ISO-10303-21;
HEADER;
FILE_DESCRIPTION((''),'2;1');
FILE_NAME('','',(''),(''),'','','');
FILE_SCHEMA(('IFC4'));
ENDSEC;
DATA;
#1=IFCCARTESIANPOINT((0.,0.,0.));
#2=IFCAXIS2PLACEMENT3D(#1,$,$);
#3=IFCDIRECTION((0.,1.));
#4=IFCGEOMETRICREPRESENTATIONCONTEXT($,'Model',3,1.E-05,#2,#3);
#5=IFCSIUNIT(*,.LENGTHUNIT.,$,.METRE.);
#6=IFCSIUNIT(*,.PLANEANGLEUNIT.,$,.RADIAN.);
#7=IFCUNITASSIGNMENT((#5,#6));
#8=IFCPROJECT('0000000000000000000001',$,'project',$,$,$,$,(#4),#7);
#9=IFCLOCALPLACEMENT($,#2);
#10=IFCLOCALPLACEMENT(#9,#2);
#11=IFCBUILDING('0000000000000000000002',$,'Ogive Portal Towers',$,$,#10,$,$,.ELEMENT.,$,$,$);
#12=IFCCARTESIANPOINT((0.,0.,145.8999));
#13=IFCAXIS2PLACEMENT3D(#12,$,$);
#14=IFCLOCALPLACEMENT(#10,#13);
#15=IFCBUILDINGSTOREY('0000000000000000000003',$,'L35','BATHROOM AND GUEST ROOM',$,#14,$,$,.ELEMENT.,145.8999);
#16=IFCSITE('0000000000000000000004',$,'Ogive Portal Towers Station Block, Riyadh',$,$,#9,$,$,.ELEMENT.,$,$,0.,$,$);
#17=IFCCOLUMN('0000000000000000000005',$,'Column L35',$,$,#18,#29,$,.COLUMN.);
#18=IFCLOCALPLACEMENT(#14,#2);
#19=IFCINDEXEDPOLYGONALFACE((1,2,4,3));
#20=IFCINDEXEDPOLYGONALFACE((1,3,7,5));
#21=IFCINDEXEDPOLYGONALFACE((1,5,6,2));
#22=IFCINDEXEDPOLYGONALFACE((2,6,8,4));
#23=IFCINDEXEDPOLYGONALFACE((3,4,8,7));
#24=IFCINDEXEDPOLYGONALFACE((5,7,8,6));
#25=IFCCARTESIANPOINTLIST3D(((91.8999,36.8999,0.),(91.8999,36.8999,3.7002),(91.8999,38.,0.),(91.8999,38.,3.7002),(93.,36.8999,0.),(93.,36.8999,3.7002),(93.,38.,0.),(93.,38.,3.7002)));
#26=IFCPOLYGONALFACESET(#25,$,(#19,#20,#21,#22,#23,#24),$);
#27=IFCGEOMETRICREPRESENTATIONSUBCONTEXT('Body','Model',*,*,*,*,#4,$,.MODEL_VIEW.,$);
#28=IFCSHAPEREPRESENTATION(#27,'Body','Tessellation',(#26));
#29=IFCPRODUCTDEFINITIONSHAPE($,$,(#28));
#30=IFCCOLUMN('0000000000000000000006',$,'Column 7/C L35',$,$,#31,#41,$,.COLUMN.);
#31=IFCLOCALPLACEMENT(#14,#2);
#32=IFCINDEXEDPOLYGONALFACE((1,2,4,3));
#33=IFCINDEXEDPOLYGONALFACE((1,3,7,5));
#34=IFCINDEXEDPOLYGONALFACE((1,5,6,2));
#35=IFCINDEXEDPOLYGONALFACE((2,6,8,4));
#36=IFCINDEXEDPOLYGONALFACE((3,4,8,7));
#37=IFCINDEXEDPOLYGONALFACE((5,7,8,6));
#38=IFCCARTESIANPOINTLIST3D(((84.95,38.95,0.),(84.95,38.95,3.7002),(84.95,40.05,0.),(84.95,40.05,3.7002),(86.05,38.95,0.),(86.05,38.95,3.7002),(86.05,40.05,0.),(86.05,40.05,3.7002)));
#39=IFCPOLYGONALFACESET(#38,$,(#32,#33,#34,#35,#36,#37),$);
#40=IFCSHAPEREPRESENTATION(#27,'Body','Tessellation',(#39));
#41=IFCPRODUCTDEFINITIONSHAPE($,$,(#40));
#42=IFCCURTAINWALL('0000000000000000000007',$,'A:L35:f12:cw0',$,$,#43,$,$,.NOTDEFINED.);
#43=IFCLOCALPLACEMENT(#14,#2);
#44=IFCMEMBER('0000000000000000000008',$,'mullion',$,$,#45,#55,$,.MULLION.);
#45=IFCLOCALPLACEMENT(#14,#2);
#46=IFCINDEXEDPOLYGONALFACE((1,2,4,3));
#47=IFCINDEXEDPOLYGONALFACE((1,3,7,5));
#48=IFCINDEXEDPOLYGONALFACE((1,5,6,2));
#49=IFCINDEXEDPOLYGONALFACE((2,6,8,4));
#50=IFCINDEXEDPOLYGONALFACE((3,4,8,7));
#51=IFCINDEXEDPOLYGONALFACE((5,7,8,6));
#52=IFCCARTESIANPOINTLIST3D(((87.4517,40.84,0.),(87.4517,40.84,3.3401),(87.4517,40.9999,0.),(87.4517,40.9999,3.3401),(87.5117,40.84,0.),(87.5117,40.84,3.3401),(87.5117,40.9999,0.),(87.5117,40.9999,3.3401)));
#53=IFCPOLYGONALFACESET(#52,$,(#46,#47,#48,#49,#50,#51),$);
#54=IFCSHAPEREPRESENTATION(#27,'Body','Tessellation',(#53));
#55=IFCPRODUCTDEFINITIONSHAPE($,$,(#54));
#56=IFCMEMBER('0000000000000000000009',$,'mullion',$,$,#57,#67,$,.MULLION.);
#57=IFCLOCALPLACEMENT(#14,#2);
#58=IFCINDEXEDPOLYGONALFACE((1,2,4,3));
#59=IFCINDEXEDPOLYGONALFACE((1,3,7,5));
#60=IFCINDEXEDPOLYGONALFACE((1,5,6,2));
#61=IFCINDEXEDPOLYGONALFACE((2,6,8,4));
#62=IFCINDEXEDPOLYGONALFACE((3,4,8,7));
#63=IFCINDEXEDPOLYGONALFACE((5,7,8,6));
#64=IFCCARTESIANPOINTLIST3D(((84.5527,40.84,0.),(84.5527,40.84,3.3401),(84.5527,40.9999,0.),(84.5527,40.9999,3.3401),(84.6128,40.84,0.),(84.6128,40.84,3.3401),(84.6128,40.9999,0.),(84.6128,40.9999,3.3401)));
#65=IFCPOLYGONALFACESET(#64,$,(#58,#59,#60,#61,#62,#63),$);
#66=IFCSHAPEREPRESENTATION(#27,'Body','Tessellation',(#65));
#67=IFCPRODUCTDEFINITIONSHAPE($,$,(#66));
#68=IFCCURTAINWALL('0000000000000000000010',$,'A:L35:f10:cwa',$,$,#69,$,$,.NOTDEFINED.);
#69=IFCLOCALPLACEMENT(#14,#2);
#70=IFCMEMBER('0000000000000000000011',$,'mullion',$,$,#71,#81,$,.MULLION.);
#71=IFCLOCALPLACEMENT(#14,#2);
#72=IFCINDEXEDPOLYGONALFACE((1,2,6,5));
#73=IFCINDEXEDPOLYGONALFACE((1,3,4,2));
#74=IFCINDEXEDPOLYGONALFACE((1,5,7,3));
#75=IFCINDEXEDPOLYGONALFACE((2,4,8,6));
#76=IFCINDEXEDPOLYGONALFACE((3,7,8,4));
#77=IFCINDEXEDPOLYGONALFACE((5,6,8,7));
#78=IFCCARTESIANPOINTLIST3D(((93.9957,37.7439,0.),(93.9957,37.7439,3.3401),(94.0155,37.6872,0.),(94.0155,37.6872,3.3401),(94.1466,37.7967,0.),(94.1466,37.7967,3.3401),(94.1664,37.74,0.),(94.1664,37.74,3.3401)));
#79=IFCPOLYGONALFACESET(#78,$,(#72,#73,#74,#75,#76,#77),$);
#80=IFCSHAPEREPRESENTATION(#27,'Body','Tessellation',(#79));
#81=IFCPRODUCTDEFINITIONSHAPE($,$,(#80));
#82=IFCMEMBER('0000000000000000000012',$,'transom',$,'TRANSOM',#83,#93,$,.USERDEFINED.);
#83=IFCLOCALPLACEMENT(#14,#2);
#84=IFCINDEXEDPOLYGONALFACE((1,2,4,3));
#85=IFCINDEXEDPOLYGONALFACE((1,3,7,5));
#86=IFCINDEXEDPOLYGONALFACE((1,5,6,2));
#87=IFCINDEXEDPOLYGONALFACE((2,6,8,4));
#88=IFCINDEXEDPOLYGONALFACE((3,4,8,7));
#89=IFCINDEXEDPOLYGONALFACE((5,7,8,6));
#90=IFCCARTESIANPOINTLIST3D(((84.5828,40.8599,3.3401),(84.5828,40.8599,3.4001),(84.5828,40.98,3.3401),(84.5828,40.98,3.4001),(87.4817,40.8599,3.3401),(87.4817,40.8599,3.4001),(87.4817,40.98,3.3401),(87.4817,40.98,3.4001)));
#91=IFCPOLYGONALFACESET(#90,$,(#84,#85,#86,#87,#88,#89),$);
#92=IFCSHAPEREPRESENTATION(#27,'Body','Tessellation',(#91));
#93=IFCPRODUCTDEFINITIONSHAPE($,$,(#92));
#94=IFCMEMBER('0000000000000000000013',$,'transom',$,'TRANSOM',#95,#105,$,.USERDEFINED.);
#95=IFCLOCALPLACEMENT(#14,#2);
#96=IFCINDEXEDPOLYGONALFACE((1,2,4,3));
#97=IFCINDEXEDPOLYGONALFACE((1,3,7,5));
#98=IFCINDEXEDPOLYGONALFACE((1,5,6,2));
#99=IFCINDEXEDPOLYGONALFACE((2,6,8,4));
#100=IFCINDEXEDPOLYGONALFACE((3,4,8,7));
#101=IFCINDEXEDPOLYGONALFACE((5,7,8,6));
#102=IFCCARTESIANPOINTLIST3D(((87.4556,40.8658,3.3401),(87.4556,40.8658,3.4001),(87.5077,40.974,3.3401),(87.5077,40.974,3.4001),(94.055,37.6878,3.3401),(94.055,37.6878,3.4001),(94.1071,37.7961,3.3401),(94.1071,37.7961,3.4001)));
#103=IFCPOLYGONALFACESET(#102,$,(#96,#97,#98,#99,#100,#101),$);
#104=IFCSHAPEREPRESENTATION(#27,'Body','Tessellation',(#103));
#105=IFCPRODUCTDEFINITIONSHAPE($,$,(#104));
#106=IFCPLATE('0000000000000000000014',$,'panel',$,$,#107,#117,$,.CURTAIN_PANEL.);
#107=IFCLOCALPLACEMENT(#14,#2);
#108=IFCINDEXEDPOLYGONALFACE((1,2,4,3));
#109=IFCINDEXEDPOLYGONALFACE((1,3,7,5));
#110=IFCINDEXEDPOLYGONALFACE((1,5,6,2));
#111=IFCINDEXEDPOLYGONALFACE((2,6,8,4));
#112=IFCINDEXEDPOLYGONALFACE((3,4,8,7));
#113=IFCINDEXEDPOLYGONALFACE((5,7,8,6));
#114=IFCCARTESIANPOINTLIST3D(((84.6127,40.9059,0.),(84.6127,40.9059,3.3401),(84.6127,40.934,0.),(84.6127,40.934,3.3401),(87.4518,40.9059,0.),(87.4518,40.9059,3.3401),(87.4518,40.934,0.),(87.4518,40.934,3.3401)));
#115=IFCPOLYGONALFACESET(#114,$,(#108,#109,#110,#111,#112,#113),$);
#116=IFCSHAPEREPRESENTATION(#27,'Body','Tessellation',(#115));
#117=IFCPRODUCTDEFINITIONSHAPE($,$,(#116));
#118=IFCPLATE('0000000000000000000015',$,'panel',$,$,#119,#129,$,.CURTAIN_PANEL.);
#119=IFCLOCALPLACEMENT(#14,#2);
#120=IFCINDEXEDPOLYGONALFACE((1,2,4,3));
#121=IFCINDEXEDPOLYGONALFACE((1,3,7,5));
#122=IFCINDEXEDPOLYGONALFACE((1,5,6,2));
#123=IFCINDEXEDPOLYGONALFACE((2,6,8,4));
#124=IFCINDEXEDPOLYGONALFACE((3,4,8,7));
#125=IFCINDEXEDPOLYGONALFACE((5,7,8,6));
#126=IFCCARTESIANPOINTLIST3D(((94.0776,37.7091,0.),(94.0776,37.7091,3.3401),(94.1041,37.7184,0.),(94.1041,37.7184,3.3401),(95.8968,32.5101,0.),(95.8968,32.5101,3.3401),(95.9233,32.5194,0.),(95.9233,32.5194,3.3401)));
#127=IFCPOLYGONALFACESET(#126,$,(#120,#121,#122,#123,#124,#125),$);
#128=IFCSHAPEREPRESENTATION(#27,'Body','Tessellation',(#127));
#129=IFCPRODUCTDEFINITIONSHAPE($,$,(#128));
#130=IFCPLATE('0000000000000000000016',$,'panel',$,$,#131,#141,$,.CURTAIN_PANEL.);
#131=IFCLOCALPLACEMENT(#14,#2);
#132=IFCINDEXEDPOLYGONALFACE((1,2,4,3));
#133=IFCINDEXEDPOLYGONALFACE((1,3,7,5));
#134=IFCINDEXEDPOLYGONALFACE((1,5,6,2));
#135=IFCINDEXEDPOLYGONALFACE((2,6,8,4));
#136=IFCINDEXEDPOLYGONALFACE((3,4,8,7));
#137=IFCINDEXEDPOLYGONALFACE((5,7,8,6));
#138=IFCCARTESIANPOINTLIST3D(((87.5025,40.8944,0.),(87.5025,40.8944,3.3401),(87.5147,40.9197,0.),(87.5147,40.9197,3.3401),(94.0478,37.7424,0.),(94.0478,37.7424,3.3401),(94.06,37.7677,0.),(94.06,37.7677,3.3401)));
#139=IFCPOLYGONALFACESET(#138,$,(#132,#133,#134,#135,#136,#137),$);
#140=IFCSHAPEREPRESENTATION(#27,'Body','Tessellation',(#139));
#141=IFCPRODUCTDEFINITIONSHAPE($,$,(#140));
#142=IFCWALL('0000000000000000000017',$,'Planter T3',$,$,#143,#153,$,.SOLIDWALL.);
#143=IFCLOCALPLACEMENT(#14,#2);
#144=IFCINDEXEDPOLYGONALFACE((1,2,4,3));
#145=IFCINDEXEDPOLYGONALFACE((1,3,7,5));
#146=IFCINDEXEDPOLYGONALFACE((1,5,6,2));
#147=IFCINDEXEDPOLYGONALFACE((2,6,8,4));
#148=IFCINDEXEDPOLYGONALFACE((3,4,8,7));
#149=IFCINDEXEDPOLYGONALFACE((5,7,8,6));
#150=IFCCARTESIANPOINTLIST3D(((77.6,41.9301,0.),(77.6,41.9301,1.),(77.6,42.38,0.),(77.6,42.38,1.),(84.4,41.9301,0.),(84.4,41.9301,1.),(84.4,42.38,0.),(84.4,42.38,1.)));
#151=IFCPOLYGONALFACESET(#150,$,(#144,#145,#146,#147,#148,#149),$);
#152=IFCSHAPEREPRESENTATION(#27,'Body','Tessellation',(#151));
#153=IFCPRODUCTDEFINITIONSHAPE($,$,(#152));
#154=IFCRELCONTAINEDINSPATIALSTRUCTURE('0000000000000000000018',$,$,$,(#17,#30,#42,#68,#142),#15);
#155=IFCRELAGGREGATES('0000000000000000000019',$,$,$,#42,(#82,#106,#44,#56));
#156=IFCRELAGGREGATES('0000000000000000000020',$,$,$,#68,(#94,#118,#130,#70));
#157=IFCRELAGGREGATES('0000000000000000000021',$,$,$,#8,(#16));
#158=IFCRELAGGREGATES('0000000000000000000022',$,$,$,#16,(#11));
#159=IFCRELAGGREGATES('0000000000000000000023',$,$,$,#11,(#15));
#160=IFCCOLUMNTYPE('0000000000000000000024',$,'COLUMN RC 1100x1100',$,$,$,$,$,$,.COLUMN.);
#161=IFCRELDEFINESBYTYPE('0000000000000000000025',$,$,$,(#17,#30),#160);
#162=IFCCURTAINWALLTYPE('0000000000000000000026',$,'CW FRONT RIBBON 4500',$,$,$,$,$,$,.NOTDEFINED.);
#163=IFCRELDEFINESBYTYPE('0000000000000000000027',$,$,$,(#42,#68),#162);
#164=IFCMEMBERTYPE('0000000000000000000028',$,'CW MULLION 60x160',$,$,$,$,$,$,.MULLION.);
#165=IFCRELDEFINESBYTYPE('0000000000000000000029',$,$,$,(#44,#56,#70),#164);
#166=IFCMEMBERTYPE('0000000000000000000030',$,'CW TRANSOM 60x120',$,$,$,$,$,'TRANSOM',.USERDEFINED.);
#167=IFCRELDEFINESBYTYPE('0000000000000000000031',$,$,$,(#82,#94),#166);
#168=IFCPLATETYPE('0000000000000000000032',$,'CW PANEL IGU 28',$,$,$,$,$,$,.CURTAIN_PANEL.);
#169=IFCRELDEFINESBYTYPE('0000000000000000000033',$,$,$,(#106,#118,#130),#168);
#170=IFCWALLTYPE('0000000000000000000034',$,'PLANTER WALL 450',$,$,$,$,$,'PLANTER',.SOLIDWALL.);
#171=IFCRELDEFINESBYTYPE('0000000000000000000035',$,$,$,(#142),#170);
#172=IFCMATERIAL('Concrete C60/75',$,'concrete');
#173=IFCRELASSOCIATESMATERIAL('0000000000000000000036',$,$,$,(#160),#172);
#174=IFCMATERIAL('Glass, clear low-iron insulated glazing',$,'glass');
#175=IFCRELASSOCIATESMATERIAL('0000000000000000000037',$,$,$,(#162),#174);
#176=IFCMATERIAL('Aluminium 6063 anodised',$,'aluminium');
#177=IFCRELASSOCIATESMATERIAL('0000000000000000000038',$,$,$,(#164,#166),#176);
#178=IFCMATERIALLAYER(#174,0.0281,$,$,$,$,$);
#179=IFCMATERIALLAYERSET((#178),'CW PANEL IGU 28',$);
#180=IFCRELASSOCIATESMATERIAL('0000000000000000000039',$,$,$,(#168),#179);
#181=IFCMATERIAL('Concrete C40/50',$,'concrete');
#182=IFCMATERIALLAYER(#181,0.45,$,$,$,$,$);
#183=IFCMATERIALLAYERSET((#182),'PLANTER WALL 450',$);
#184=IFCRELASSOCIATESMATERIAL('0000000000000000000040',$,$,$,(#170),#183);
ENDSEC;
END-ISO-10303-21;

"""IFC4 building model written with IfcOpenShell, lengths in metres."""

from ifc_helpers import new_model, si_unit, direction, frame, origin, origin_2d, place, context, subcontext, project, spatial, rectangle, extrude, material, layer, layer_set, material_profile, profile_set, type_object, element, aggregate, save


model = new_model("IFC4")

# Units and contexts
model_context = context("Model", 3, precision=1e-05, world=origin(), true_north=direction((0.0, 1.0)))
body_context = subcontext(model_context, "Body", "Model", "MODEL_VIEW")
ifc_project = project(units=[si_unit("LENGTHUNIT", "METRE"), si_unit("PLANEANGLEUNIT", "RADIAN")], contexts=[model_context])

# Site, building, storey
site_placement = place(None, origin())
site = spatial("IfcSite", under=ifc_project, at=site_placement, Name="Ogive Portal Towers Station Block, Riyadh", CompositionType="ELEMENT", RefElevation=0.0)
building_placement = place(site_placement, origin())
building = spatial("IfcBuilding", under=site, at=building_placement, Name="Ogive Portal Towers", CompositionType="ELEMENT")
storey_placement = place(building_placement, frame((0.0, 0.0, 145.8999)))
storey = spatial("IfcBuildingStorey", under=building, at=storey_placement, Name="L35", Description="BATHROOM AND GUEST ROOM", CompositionType="ELEMENT", Elevation=145.8999)

# Columns
ifc_material_1 = material(Name="Concrete C60/75", Category="concrete")
ifc_material_profile_1 = material_profile(ifc_material_1, rectangle(XDim=1.1001, YDim=1.1001, at=origin_2d()), Name="RC 1100x1100")
ifc_profile_set_1 = profile_set([ifc_material_profile_1], Name="Concrete C60/75")
column_type = type_object("IfcColumnType", Name="COLUMN RC 1100x1100", PredefinedType="COLUMN", material=ifc_profile_set_1)
for number, where, z_axis, x_axis, name in (
    (1, (92.45, 37.45, 0.0), (0.0, 0.0, 1.0), (1.0, 0.0, 0.0), "Column L35"),
    (2, (85.5, 39.5, 0.0), (0.0, 0.0, 1.0), (1.0, 0.0, 0.0), "Column 7/C L35"),
):
    element("IfcColumn", number, at=place(storey_placement, frame(where, z_axis=z_axis, x_axis=x_axis)), inside=storey, type_object=column_type, Name=name, PredefinedType="COLUMN", context=body_context, shape_type="SweptSolid", body=[
        extrude(rectangle(XDim=1.1001, YDim=1.1001, at=origin_2d()), origin(), (0.0, 0.0, 1.0), 3.7002),
    ])

# Curtain wall, members
ifc_material_2 = material(Name="Glass, clear low-iron insulated glazing", Category="glass")
curtain_wall_type = type_object("IfcCurtainWallType", Name="CW FRONT RIBBON 4500", PredefinedType="NOTDEFINED", material=ifc_material_2)
curtain_wall_1_placement = place(storey_placement, origin())
curtain_wall_1 = element("IfcCurtainWall", 3, at=curtain_wall_1_placement, inside=storey, type_object=curtain_wall_type, Name="A:L35:f12:cw0", PredefinedType="NOTDEFINED")
ifc_material_3 = material(Name="Aluminium 6063 anodised", Category="aluminium")
ifc_material_profile_2 = material_profile(ifc_material_3, rectangle(XDim=0.1599, YDim=0.0601, at=origin_2d()), Name="AL 60x160")
ifc_profile_set_2 = profile_set([ifc_material_profile_2], Name="Aluminium 6063 anodised")
member_type_1 = type_object("IfcMemberType", Name="CW MULLION 60x160", PredefinedType="MULLION", material=ifc_profile_set_2)
member_1_placement = place(storey_placement, frame((87.4817, 40.9199, 0.0), z_axis=(0.0, 0.0, 1.0), x_axis=(0.0, -1.0, 0.0)))
member_1 = element("IfcMember", 4, at=member_1_placement, type_object=member_type_1, Name="mullion", PredefinedType="MULLION", context=body_context, shape_type="SweptSolid", body=[
    extrude(rectangle(XDim=0.1599, YDim=0.0601, at=origin_2d()), origin(), (0.0, 0.0, 1.0), 3.3401),
])
member_2_placement = place(storey_placement, frame((84.5828, 40.9199, 0.0), z_axis=(0.0, 0.0, 1.0), x_axis=(0.0, -1.0, 0.0)))
member_2 = element("IfcMember", 5, at=member_2_placement, type_object=member_type_1, Name="mullion", PredefinedType="MULLION", context=body_context, shape_type="SweptSolid", body=[
    extrude(rectangle(XDim=0.1599, YDim=0.0601, at=origin_2d()), origin(), (0.0, 0.0, 1.0), 3.3401),
])

# Curtain wall, member
curtain_wall_2_placement = place(storey_placement, origin())
curtain_wall_2 = element("IfcCurtainWall", 6, at=curtain_wall_2_placement, inside=storey, type_object=curtain_wall_type, Name="A:L35:f10:cwa", PredefinedType="NOTDEFINED")
member_3_placement = place(storey_placement, frame((94.0811, 37.7419, 0.0), z_axis=(0.0, 0.0, 1.0), x_axis=(-0.943883, -0.330279, 0.0)))
member_3 = element("IfcMember", 7, at=member_3_placement, type_object=member_type_1, Name="mullion", PredefinedType="MULLION", context=body_context, shape_type="SweptSolid", body=[
    extrude(rectangle(XDim=0.1599, YDim=0.0601, at=origin_2d()), origin(), (0.0, 0.0, 1.0), 3.3401),
])

# Members
ifc_material_profile_3 = material_profile(ifc_material_3, rectangle(XDim=0.1201, YDim=0.0601, at=origin_2d()), Name="AL 120x60")
ifc_profile_set_3 = profile_set([ifc_material_profile_3], Name="Aluminium 6063 anodised")
member_type_2 = type_object("IfcMemberType", Name="CW TRANSOM 60x120", ElementType="TRANSOM", PredefinedType="USERDEFINED", material=ifc_profile_set_3)
member_4_placement = place(storey_placement, frame((87.4817, 40.9199, 3.3701), z_axis=(-1.0, 0.0, 0.0), x_axis=(0.0, -1.0, 0.0)))
member_4 = element("IfcMember", 8, at=member_4_placement, type_object=member_type_2, Name="transom", ObjectType="TRANSOM", PredefinedType="USERDEFINED", context=body_context, shape_type="SweptSolid", body=[
    extrude(rectangle(XDim=0.1201, YDim=0.0601, at=origin_2d()), origin(), (0.0, 0.0, 1.0), 2.8989),
])
member_5_placement = place(storey_placement, frame((94.0811, 37.7419, 3.3701), z_axis=(-0.900975, 0.433872, 0.0), x_axis=(-0.433872, -0.900975, 0.0)))
member_5 = element("IfcMember", 9, at=member_5_placement, type_object=member_type_2, Name="transom", ObjectType="TRANSOM", PredefinedType="USERDEFINED", context=body_context, shape_type="SweptSolid", body=[
    extrude(rectangle(XDim=0.1201, YDim=0.0601, at=origin_2d()), origin(), (0.0, 0.0, 1.0), 7.3247),
])

# Plates
ifc_layer_1 = layer(ifc_material_2, 0.0281)
ifc_layer_set_1 = layer_set([ifc_layer_1], Name="CW PANEL IGU 28")
plate_type = type_object("IfcPlateType", Name="CW PANEL IGU 28", PredefinedType="CURTAIN_PANEL", material=ifc_layer_set_1)
plate_1_placement = place(storey_placement, frame((86.0322, 40.9199, 0.0), z_axis=(0.0, 0.0, 1.0), x_axis=(-1.0, 0.0, 0.0)))
plate_1 = element("IfcPlate", 10, at=plate_1_placement, type_object=plate_type, Name="panel", PredefinedType="CURTAIN_PANEL", context=body_context, shape_type="SweptSolid", body=[
    extrude(rectangle(XDim=2.8391, YDim=0.0281, at=origin_2d()), origin(), (0.0, 0.0, 1.0), 3.3401),
])
aggregate(curtain_wall_1, [member_4, plate_1, member_1, member_2])
plate_2_placement = place(storey_placement, frame((95.0005, 35.1143, 0.0), z_axis=(0.0, 0.0, 1.0), x_axis=(-0.330279, 0.943883, 0.0)))
plate_2 = element("IfcPlate", 11, at=plate_2_placement, type_object=plate_type, Name="panel", PredefinedType="CURTAIN_PANEL", context=body_context, shape_type="SweptSolid", body=[
    extrude(rectangle(XDim=5.5081, YDim=0.0281, at=origin_2d()), origin(), (0.0, 0.0, 1.0), 3.3401),
])
plate_3_placement = place(storey_placement, frame((90.7812, 39.3311, 0.0), z_axis=(0.0, 0.0, 1.0), x_axis=(-0.900969, 0.433884, 0.0)))
plate_3 = element("IfcPlate", 12, at=plate_3_placement, type_object=plate_type, Name="panel", PredefinedType="CURTAIN_PANEL", context=body_context, shape_type="SweptSolid", body=[
    extrude(rectangle(XDim=7.2646, YDim=0.0281, at=origin_2d()), origin(), (0.0, 0.0, 1.0), 3.3401),
])
aggregate(curtain_wall_2, [member_5, plate_2, plate_3, member_3])

# Wall
ifc_material_4 = material(Name="Concrete C40/50", Category="concrete")
ifc_layer_2 = layer(ifc_material_4, 0.45)
ifc_layer_set_2 = layer_set([ifc_layer_2], Name="PLANTER WALL 450")
wall_type_1 = type_object("IfcWallType", Name="PLANTER WALL 450", ElementType="PLANTER", PredefinedType="SOLIDWALL", material=ifc_layer_set_2)
wall_1_placement = place(storey_placement, frame((81.0, 42.155, 0.0), z_axis=(0.0, 0.0, 1.0), x_axis=(1.0, 0.0, 0.0)))
element("IfcWall", 13, at=wall_1_placement, inside=storey, type_object=wall_type_1, Name="Planter T3", PredefinedType="SOLIDWALL", context=body_context, shape_type="SweptSolid", body=[
    extrude(rectangle(XDim=6.8, YDim=0.45, at=origin_2d()), origin(), (0.0, 0.0, 1.0), 1.0),
])

save(model, "model.ifc")
